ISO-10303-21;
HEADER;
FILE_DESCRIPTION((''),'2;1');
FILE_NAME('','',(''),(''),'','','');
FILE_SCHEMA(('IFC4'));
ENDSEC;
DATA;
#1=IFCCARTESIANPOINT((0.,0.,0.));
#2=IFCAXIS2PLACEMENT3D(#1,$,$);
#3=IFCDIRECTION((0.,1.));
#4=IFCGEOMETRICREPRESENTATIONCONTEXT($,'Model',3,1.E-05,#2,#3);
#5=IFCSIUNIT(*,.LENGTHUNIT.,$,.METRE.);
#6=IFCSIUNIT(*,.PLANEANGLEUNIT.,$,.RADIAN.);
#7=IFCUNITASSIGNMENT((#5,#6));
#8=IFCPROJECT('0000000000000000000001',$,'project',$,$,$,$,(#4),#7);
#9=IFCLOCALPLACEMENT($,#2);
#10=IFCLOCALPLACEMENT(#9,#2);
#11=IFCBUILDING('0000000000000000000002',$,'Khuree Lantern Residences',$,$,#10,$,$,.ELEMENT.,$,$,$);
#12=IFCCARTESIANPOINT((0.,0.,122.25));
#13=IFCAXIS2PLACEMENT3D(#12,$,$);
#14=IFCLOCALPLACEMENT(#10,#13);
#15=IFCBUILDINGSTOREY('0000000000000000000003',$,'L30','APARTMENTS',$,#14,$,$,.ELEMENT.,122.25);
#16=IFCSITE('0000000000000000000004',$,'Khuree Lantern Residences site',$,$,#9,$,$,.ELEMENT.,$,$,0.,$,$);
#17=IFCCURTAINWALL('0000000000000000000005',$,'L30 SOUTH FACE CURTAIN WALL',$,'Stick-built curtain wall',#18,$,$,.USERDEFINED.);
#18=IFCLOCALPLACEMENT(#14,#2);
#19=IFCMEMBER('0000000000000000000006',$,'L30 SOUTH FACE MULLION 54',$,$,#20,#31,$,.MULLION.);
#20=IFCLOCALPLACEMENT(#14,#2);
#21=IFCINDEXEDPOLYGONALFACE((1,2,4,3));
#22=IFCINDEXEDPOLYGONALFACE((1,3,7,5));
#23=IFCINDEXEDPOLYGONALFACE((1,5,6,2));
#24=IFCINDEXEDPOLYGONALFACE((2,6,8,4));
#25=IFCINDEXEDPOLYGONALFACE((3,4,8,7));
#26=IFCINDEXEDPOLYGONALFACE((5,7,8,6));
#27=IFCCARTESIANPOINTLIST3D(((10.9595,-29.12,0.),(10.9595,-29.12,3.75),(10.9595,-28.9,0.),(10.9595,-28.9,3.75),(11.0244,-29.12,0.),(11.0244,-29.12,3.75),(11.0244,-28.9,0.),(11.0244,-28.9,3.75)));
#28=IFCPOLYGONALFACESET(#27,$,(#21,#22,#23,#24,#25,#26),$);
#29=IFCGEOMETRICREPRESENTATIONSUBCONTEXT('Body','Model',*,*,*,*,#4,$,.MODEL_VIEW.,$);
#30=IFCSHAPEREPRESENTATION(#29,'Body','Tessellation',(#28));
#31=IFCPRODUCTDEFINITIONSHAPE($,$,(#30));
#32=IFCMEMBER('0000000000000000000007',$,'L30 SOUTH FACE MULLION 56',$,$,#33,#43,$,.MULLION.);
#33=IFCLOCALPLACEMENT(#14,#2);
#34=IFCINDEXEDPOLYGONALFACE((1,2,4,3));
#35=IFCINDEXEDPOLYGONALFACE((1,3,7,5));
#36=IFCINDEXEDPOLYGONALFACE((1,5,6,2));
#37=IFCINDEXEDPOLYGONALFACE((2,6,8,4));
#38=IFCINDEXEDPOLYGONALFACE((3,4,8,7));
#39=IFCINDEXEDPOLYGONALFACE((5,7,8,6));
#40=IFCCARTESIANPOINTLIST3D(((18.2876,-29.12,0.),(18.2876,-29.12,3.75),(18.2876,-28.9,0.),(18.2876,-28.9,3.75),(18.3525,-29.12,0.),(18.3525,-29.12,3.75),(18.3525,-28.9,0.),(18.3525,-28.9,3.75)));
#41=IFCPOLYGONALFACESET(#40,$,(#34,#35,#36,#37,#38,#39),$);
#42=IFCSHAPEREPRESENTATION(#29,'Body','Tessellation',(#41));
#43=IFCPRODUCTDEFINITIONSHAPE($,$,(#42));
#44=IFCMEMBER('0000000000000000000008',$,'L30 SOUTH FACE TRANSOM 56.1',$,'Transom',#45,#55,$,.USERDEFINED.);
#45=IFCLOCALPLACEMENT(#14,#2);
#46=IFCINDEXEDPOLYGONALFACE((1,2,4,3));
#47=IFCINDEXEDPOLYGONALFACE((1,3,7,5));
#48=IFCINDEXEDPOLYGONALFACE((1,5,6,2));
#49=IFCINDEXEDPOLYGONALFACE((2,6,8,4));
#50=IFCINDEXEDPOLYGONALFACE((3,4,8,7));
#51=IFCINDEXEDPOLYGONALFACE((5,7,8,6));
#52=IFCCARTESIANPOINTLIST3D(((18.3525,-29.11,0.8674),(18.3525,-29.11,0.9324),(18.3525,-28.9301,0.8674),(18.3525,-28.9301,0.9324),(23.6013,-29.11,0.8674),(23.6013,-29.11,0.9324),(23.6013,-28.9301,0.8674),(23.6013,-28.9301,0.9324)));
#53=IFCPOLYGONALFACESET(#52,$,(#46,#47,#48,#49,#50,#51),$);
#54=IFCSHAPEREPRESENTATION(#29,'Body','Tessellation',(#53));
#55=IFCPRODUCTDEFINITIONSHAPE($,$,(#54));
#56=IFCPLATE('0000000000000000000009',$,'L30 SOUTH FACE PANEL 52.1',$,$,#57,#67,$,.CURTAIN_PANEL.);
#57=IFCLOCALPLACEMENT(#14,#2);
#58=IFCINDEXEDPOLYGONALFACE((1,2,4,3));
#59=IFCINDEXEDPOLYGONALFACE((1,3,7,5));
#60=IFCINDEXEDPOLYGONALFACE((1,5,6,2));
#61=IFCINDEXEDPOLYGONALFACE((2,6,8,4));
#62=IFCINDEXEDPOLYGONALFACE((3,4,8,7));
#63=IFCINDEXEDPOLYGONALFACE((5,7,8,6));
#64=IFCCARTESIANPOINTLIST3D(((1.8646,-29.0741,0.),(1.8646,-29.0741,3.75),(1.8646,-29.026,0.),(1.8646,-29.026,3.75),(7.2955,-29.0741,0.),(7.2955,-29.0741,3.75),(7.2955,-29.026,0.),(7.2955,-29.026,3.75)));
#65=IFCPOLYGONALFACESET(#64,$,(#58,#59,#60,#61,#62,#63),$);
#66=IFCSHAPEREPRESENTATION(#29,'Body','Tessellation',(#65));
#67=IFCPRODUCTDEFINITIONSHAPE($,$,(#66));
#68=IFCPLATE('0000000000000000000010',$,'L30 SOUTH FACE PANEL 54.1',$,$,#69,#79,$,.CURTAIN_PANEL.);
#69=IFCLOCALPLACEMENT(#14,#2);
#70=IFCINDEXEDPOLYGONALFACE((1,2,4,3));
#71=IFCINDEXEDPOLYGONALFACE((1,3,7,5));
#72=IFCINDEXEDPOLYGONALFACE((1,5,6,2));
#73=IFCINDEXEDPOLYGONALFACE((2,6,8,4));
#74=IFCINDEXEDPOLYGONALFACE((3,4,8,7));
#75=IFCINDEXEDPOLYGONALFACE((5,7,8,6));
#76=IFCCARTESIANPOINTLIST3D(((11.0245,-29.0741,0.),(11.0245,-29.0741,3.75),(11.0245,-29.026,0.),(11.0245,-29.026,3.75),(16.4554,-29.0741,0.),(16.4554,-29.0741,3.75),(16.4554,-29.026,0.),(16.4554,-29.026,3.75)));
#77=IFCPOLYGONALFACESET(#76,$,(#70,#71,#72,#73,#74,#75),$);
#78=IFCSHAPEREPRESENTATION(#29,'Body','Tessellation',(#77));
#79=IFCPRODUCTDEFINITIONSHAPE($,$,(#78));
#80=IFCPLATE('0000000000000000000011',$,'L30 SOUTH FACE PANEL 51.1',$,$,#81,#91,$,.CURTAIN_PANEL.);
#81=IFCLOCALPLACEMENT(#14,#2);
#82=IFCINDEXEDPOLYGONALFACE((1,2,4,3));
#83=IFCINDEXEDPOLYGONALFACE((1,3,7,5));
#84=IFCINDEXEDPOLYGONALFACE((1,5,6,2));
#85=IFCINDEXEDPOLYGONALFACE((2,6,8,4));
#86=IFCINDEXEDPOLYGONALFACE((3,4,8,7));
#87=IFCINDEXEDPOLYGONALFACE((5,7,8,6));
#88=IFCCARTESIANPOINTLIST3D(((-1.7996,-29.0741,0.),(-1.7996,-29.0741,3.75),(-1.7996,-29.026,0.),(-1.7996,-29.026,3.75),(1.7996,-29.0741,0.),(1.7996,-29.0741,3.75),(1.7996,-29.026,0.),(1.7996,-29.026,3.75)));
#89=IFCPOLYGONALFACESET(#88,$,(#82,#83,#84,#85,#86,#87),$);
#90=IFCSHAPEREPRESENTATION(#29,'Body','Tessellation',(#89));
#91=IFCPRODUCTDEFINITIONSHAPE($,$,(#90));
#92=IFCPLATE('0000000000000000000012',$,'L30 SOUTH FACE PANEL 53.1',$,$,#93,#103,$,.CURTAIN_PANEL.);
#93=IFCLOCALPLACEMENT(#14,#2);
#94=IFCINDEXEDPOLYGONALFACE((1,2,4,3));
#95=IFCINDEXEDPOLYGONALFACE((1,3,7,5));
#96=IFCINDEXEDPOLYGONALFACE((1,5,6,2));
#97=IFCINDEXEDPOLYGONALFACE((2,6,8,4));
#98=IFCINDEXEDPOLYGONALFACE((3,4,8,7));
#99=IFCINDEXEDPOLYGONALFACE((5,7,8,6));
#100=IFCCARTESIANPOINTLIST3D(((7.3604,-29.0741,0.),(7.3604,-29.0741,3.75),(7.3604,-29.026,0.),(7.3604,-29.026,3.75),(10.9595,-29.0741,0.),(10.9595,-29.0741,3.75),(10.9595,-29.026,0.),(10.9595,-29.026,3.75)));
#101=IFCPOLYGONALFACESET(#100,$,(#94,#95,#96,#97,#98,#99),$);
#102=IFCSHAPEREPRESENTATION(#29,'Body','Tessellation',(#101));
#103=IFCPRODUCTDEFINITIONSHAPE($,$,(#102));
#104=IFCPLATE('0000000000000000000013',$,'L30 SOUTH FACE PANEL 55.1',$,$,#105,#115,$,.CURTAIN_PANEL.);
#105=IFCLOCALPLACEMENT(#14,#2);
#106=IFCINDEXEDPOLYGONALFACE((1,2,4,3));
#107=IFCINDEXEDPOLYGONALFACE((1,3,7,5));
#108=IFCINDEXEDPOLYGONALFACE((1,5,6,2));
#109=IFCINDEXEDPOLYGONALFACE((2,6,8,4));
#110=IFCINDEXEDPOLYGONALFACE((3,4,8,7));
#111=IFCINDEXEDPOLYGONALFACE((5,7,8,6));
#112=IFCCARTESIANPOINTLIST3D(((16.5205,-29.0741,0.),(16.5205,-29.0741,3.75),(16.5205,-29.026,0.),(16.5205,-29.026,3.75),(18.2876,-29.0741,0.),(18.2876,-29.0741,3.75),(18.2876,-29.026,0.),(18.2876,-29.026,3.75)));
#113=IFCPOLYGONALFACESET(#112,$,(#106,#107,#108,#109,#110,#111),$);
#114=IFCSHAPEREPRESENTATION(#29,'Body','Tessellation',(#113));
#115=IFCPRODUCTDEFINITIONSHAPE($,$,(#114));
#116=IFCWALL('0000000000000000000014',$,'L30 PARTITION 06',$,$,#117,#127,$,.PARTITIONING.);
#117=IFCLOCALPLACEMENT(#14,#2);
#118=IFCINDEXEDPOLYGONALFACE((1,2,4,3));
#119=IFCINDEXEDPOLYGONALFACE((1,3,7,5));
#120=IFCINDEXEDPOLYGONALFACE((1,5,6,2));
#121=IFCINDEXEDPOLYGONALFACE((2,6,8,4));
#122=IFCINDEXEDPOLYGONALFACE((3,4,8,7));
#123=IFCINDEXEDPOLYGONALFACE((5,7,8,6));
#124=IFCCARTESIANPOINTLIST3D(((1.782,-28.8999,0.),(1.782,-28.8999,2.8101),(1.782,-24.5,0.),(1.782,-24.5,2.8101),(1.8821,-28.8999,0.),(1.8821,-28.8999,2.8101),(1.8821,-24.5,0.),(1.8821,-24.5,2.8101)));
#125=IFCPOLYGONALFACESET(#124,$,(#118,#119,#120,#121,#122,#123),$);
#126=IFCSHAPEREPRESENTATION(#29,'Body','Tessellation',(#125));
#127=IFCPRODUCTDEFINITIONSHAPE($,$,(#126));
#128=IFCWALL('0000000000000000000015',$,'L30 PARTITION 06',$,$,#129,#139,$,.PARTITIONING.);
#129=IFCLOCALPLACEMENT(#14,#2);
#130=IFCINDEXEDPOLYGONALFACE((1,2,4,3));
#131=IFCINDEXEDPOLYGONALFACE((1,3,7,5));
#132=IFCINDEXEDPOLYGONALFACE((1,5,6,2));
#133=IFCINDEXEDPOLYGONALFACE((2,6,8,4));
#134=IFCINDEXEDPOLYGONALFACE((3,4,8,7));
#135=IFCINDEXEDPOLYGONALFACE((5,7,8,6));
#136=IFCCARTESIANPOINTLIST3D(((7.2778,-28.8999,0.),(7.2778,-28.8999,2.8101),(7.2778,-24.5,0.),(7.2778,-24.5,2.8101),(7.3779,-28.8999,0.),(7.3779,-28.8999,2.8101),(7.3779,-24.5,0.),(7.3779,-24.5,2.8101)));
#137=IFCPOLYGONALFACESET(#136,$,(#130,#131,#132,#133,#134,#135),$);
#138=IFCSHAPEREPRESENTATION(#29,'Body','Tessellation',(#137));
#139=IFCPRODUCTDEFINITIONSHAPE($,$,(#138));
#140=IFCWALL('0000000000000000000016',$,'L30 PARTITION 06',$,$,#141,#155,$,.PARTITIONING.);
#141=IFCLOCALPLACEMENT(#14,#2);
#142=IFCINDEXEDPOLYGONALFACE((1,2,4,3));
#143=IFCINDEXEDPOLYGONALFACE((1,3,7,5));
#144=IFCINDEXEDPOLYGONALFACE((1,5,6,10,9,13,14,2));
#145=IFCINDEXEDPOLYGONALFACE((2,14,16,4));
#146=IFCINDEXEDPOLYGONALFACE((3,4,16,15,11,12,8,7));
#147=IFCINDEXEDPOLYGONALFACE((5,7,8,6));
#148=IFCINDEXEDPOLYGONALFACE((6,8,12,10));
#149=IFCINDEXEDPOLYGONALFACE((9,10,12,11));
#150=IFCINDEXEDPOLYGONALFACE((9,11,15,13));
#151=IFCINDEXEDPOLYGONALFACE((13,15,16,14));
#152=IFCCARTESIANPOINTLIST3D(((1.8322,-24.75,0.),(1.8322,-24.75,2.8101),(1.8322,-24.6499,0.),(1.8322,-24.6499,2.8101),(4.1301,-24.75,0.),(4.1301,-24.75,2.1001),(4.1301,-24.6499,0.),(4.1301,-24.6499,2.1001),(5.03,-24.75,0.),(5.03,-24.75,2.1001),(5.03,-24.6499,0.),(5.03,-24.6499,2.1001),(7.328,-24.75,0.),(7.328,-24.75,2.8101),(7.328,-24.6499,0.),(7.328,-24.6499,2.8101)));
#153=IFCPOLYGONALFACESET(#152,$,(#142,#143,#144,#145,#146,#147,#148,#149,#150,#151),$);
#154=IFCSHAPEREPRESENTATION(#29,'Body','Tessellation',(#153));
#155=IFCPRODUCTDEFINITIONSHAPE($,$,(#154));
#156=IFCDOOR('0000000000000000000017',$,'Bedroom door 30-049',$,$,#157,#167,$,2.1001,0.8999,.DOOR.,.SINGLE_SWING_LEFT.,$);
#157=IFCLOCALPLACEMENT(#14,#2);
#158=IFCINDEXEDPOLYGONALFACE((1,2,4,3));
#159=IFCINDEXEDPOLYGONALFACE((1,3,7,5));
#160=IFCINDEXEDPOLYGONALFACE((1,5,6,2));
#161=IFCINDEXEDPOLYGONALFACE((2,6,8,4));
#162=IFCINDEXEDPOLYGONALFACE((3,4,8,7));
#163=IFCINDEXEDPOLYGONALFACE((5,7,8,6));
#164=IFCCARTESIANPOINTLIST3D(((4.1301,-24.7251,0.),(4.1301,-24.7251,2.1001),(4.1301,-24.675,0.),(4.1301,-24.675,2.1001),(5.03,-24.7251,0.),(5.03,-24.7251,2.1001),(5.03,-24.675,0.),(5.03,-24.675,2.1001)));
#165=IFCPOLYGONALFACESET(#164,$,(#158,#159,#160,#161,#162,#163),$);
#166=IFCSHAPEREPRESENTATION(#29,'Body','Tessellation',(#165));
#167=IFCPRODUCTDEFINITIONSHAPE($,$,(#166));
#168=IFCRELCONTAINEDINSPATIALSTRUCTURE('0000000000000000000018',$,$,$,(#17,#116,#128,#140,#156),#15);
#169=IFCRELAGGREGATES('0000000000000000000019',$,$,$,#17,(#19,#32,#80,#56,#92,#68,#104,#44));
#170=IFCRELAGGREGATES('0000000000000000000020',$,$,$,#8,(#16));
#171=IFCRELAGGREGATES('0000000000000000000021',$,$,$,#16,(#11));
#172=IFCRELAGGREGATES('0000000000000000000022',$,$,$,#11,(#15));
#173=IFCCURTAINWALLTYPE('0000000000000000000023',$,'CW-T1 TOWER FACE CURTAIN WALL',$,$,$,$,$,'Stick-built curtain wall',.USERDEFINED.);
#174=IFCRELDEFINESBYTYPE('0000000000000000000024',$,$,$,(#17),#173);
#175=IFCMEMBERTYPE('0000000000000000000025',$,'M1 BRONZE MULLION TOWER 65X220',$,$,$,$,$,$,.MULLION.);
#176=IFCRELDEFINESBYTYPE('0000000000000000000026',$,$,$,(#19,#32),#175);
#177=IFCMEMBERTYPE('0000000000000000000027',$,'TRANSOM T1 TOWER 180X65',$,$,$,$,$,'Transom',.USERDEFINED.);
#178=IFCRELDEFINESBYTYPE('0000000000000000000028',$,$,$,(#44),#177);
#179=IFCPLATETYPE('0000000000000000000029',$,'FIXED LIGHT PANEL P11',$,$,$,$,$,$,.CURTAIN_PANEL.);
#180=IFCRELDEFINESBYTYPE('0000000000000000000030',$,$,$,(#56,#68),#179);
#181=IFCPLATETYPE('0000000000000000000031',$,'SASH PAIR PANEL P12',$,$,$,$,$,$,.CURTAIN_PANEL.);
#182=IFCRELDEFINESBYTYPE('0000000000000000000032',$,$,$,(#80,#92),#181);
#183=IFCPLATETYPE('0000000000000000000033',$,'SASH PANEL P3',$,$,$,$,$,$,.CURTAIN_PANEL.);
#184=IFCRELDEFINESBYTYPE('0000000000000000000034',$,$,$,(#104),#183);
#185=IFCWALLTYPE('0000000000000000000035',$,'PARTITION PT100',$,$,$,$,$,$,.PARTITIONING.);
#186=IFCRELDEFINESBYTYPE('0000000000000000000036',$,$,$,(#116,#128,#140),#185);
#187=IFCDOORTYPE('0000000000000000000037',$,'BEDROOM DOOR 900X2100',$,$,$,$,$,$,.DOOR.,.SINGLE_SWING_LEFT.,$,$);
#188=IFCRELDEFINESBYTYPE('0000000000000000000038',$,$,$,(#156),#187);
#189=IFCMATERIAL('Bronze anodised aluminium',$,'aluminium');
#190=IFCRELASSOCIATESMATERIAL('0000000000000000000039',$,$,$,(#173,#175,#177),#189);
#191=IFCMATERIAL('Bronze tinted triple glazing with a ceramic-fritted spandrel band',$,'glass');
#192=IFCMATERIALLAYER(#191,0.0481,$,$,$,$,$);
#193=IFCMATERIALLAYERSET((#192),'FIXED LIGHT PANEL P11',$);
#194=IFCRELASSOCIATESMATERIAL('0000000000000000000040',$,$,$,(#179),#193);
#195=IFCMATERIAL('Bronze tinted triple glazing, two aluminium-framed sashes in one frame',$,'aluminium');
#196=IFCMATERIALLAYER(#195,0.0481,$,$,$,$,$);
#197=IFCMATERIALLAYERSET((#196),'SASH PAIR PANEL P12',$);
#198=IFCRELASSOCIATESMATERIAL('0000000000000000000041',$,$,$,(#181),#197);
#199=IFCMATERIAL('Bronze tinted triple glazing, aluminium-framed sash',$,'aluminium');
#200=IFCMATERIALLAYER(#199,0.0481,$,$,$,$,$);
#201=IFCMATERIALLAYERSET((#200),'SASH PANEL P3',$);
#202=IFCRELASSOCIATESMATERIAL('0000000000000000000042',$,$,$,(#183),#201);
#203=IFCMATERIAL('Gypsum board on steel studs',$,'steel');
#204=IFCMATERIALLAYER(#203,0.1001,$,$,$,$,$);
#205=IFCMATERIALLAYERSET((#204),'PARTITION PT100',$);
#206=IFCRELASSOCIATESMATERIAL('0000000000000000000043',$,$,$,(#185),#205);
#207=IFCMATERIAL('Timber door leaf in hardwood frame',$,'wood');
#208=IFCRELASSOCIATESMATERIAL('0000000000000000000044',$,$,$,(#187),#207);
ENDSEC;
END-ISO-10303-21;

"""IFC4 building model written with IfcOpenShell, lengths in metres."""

from ifc_helpers import new_model, si_unit, direction, frame, frame_2d, origin, origin_2d, place, context, subcontext, project, spatial, rectangle, extrude, material, layer, layer_set, material_profile, profile_set, type_object, element, fill, aggregate, save


model = new_model("IFC4")

# Units and contexts
model_context = context("Model", 3, precision=1e-05, world=origin(), true_north=direction((0.0, 1.0)))
body_context = subcontext(model_context, "Body", "Model", "MODEL_VIEW")
ifc_project = project(units=[si_unit("LENGTHUNIT", "METRE"), si_unit("PLANEANGLEUNIT", "RADIAN")], contexts=[model_context])

# Site, building, storey
site_placement = place(None, origin())
site = spatial("IfcSite", under=ifc_project, at=site_placement, Name="Khuree Lantern Residences site", CompositionType="ELEMENT", RefElevation=0.0)
building_placement = place(site_placement, origin())
building = spatial("IfcBuilding", under=site, at=building_placement, Name="Khuree Lantern Residences", CompositionType="ELEMENT")
storey_placement = place(building_placement, frame((0.0, 0.0, 122.25)))
storey = spatial("IfcBuildingStorey", under=building, at=storey_placement, Name="L30", Description="APARTMENTS", CompositionType="ELEMENT", Elevation=122.25)

# Curtain wall
ifc_material_1 = material(Name="Bronze anodised aluminium", Category="aluminium")
curtain_wall_type = type_object("IfcCurtainWallType", Name="CW-T1 TOWER FACE CURTAIN WALL", ElementType="Stick-built curtain wall", PredefinedType="USERDEFINED", material=ifc_material_1)
curtain_wall_placement = place(storey_placement, origin())
curtain_wall = element("IfcCurtainWall", 1, at=curtain_wall_placement, inside=storey, type_object=curtain_wall_type, Name="L30 SOUTH FACE CURTAIN WALL", ObjectType="Stick-built curtain wall", PredefinedType="USERDEFINED")

# Members
ifc_material_profile_1 = material_profile(ifc_material_1, rectangle(XDim=0.0649, YDim=0.22, at=origin_2d()), Name="M1 65X220")
ifc_profile_set_1 = profile_set([ifc_material_profile_1], Name="Bronze anodised aluminium")
member_type_1 = type_object("IfcMemberType", Name="M1 BRONZE MULLION TOWER 65X220", PredefinedType="MULLION", material=ifc_profile_set_1)
member_1_placement = place(storey_placement, frame((10.9919, -29.01, 0.0), z_axis=(0.0, 0.0, 1.0), x_axis=(1.0, 0.0, 0.0)))
member_1 = element("IfcMember", 2, at=member_1_placement, type_object=member_type_1, Name="L30 SOUTH FACE MULLION 54", PredefinedType="MULLION", context=body_context, shape_type="SweptSolid", body=[
    extrude(rectangle(XDim=0.0649, YDim=0.22, at=origin_2d()), origin(), (0.0, 0.0, 1.0), 3.75),
])
member_2_placement = place(storey_placement, frame((18.3201, -29.01, 0.0), z_axis=(0.0, 0.0, 1.0), x_axis=(1.0, 0.0, 0.0)))
member_2 = element("IfcMember", 3, at=member_2_placement, type_object=member_type_1, Name="L30 SOUTH FACE MULLION 56", PredefinedType="MULLION", context=body_context, shape_type="SweptSolid", body=[
    extrude(rectangle(XDim=0.0649, YDim=0.22, at=origin_2d()), origin(), (0.0, 0.0, 1.0), 3.75),
])
ifc_material_profile_2 = material_profile(ifc_material_1, rectangle(XDim=0.1799, YDim=0.0649, at=origin_2d()), Name="T1 180X65")
ifc_profile_set_2 = profile_set([ifc_material_profile_2], Name="Bronze anodised aluminium")
member_type_2 = type_object("IfcMemberType", Name="TRANSOM T1 TOWER 180X65", ElementType="Transom", PredefinedType="USERDEFINED", material=ifc_profile_set_2)
member_3_placement = place(storey_placement, frame((18.3525, -29.02, 0.8999), z_axis=(1.0, 0.0, 0.0), x_axis=(0.0, 1.0, 0.0)))
member_3 = element("IfcMember", 4, at=member_3_placement, type_object=member_type_2, Name="L30 SOUTH FACE TRANSOM 56.1", ObjectType="Transom", PredefinedType="USERDEFINED", context=body_context, shape_type="SweptSolid", body=[
    extrude(rectangle(XDim=0.1799, YDim=0.0649, at=origin_2d()), origin(), (0.0, 0.0, 1.0), 5.2488),
])

# Plates
ifc_material_2 = material(Name="Bronze tinted triple glazing with a ceramic-fritted spandrel band", Category="glass")
ifc_layer_1 = layer(ifc_material_2, 0.0481)
ifc_layer_set_1 = layer_set([ifc_layer_1], Name="FIXED LIGHT PANEL P11")
plate_type_1 = type_object("IfcPlateType", Name="FIXED LIGHT PANEL P11", PredefinedType="CURTAIN_PANEL", material=ifc_layer_set_1)
plate_1_placement = place(storey_placement, frame((4.5801, -29.05, 0.0), z_axis=(0.0, 0.0, 1.0), x_axis=(1.0, 0.0, 0.0)))
plate_1 = element("IfcPlate", 5, at=plate_1_placement, type_object=plate_type_1, Name="L30 SOUTH FACE PANEL 52.1", PredefinedType="CURTAIN_PANEL", context=body_context, shape_type="SweptSolid", body=[
    extrude(rectangle(XDim=5.4309, YDim=0.0481, at=origin_2d()), origin(), (0.0, 0.0, 1.0), 3.75),
])
plate_2_placement = place(storey_placement, frame((13.74, -29.05, 0.0), z_axis=(0.0, 0.0, 1.0), x_axis=(1.0, 0.0, 0.0)))
plate_2 = element("IfcPlate", 6, at=plate_2_placement, type_object=plate_type_1, Name="L30 SOUTH FACE PANEL 54.1", PredefinedType="CURTAIN_PANEL", context=body_context, shape_type="SweptSolid", body=[
    extrude(rectangle(XDim=5.4309, YDim=0.0481, at=origin_2d()), origin(), (0.0, 0.0, 1.0), 3.75),
])
ifc_material_3 = material(Name="Bronze tinted triple glazing, two aluminium-framed sashes in one frame", Category="aluminium")
ifc_layer_2 = layer(ifc_material_3, 0.0481)
ifc_layer_set_2 = layer_set([ifc_layer_2], Name="SASH PAIR PANEL P12")
plate_type_2 = type_object("IfcPlateType", Name="SASH PAIR PANEL P12", PredefinedType="CURTAIN_PANEL", material=ifc_layer_set_2)
plate_3_placement = place(storey_placement, frame((0.0, -29.05, 0.0), z_axis=(0.0, 0.0, 1.0), x_axis=(1.0, 0.0, 0.0)))
plate_3 = element("IfcPlate", 7, at=plate_3_placement, type_object=plate_type_2, Name="L30 SOUTH FACE PANEL 51.1", PredefinedType="CURTAIN_PANEL", context=body_context, shape_type="SweptSolid", body=[
    extrude(rectangle(XDim=3.5991, YDim=0.0481, at=origin_2d()), origin(), (0.0, 0.0, 1.0), 3.75),
])
plate_4_placement = place(storey_placement, frame((9.1599, -29.05, 0.0), z_axis=(0.0, 0.0, 1.0), x_axis=(1.0, 0.0, 0.0)))
plate_4 = element("IfcPlate", 8, at=plate_4_placement, type_object=plate_type_2, Name="L30 SOUTH FACE PANEL 53.1", PredefinedType="CURTAIN_PANEL", context=body_context, shape_type="SweptSolid", body=[
    extrude(rectangle(XDim=3.5991, YDim=0.0481, at=origin_2d()), origin(), (0.0, 0.0, 1.0), 3.75),
])
ifc_material_4 = material(Name="Bronze tinted triple glazing, aluminium-framed sash", Category="aluminium")
ifc_layer_3 = layer(ifc_material_4, 0.0481)
ifc_layer_set_3 = layer_set([ifc_layer_3], Name="SASH PANEL P3")
plate_type_3 = type_object("IfcPlateType", Name="SASH PANEL P3", PredefinedType="CURTAIN_PANEL", material=ifc_layer_set_3)
plate_5_placement = place(storey_placement, frame((17.4041, -29.05, 0.0), z_axis=(0.0, 0.0, 1.0), x_axis=(1.0, 0.0, 0.0)))
plate_5 = element("IfcPlate", 9, at=plate_5_placement, type_object=plate_type_3, Name="L30 SOUTH FACE PANEL 55.1", PredefinedType="CURTAIN_PANEL", context=body_context, shape_type="SweptSolid", body=[
    extrude(rectangle(XDim=1.7671, YDim=0.0481, at=origin_2d()), origin(), (0.0, 0.0, 1.0), 3.75),
])
aggregate(curtain_wall, [member_1, member_2, plate_3, plate_1, plate_4, plate_2, plate_5, member_3])

# Walls
ifc_material_5 = material(Name="Gypsum board on steel studs", Category="steel")
ifc_layer_4 = layer(ifc_material_5, 0.1001)
ifc_layer_set_4 = layer_set([ifc_layer_4], Name="PARTITION PT100")
wall_type = type_object("IfcWallType", Name="PARTITION PT100", PredefinedType="PARTITIONING", material=ifc_layer_set_4)
for number, where, z_axis, x_axis, name in (
    (10, (1.832, -24.5, 0.0), (0.0, 0.0, 1.0), (0.0, -1.0, 0.0), "L30 PARTITION 06"),
    (11, (7.3279, -24.5, 0.0), (0.0, 0.0, 1.0), (0.0, -1.0, 0.0), "L30 PARTITION 06"),
):
    element("IfcWall", number, at=place(storey_placement, frame(where, z_axis=z_axis, x_axis=x_axis)), inside=storey, type_object=wall_type, Name=name, PredefinedType="PARTITIONING", context=body_context, shape_type="SweptSolid", body=[
        extrude(rectangle(XDim=4.3999, YDim=0.1001, at=frame_2d((2.2, 0.0))), origin(), (0.0, 0.0, 1.0), 2.8101),
    ])

# Wall, opening, door
wall_1_placement = place(storey_placement, frame((1.832, -24.7, 0.0), z_axis=(0.0, 0.0, 1.0), x_axis=(1.0, 0.0, 0.0)))
wall_1 = element("IfcWall", 12, at=wall_1_placement, inside=storey, type_object=wall_type, Name="L30 PARTITION 06", PredefinedType="PARTITIONING", context=body_context, shape_type="SweptSolid", body=[
    extrude(rectangle(XDim=5.4958, YDim=0.1001, at=frame_2d((2.748, 0.0))), origin(), (0.0, 0.0, 1.0), 2.8101),
])
opening_1_placement = place(wall_1_placement, frame((2.2981, 0.0, 0.0)))
opening_1 = element("IfcOpeningElement", 13, at=opening_1_placement, cuts=wall_1, PredefinedType="OPENING", context=body_context, shape_type="SweptSolid", body=[
    extrude(rectangle(XDim=0.8999, YDim=2.1001, at=frame_2d((0.45, 1.05))), frame((0.0, 0.0601, 0.0), z_axis=(0.0, -1.0, 0.0), x_axis=(1.0, 0.0, 0.0)), (0.0, 0.0, 1.0), 0.1201),
])
ifc_material_6 = material(Name="Timber door leaf in hardwood frame", Category="wood")
door_type_1 = type_object("IfcDoorType", Name="BEDROOM DOOR 900X2100", OperationType="SINGLE_SWING_LEFT", PredefinedType="DOOR", material=ifc_material_6)
door_1_placement = place(opening_1_placement, origin())
door_1 = element("IfcDoor", 14, at=door_1_placement, inside=storey, type_object=door_type_1, Name="Bedroom door 30-049", OperationType="SINGLE_SWING_LEFT", OverallHeight=2.1001, OverallWidth=0.8999, PredefinedType="DOOR", context=body_context, shape_type="SweptSolid", body=[
    extrude(rectangle(XDim=0.8999, YDim=2.1001, at=frame_2d((0.45, 1.05))), frame((0.0, 0.0249, 0.0), z_axis=(0.0, -1.0, 0.0), x_axis=(1.0, 0.0, 0.0)), (0.0, 0.0, 1.0), 0.05),
])
fill(opening_1, door_1)

save(model, "model.ifc")
